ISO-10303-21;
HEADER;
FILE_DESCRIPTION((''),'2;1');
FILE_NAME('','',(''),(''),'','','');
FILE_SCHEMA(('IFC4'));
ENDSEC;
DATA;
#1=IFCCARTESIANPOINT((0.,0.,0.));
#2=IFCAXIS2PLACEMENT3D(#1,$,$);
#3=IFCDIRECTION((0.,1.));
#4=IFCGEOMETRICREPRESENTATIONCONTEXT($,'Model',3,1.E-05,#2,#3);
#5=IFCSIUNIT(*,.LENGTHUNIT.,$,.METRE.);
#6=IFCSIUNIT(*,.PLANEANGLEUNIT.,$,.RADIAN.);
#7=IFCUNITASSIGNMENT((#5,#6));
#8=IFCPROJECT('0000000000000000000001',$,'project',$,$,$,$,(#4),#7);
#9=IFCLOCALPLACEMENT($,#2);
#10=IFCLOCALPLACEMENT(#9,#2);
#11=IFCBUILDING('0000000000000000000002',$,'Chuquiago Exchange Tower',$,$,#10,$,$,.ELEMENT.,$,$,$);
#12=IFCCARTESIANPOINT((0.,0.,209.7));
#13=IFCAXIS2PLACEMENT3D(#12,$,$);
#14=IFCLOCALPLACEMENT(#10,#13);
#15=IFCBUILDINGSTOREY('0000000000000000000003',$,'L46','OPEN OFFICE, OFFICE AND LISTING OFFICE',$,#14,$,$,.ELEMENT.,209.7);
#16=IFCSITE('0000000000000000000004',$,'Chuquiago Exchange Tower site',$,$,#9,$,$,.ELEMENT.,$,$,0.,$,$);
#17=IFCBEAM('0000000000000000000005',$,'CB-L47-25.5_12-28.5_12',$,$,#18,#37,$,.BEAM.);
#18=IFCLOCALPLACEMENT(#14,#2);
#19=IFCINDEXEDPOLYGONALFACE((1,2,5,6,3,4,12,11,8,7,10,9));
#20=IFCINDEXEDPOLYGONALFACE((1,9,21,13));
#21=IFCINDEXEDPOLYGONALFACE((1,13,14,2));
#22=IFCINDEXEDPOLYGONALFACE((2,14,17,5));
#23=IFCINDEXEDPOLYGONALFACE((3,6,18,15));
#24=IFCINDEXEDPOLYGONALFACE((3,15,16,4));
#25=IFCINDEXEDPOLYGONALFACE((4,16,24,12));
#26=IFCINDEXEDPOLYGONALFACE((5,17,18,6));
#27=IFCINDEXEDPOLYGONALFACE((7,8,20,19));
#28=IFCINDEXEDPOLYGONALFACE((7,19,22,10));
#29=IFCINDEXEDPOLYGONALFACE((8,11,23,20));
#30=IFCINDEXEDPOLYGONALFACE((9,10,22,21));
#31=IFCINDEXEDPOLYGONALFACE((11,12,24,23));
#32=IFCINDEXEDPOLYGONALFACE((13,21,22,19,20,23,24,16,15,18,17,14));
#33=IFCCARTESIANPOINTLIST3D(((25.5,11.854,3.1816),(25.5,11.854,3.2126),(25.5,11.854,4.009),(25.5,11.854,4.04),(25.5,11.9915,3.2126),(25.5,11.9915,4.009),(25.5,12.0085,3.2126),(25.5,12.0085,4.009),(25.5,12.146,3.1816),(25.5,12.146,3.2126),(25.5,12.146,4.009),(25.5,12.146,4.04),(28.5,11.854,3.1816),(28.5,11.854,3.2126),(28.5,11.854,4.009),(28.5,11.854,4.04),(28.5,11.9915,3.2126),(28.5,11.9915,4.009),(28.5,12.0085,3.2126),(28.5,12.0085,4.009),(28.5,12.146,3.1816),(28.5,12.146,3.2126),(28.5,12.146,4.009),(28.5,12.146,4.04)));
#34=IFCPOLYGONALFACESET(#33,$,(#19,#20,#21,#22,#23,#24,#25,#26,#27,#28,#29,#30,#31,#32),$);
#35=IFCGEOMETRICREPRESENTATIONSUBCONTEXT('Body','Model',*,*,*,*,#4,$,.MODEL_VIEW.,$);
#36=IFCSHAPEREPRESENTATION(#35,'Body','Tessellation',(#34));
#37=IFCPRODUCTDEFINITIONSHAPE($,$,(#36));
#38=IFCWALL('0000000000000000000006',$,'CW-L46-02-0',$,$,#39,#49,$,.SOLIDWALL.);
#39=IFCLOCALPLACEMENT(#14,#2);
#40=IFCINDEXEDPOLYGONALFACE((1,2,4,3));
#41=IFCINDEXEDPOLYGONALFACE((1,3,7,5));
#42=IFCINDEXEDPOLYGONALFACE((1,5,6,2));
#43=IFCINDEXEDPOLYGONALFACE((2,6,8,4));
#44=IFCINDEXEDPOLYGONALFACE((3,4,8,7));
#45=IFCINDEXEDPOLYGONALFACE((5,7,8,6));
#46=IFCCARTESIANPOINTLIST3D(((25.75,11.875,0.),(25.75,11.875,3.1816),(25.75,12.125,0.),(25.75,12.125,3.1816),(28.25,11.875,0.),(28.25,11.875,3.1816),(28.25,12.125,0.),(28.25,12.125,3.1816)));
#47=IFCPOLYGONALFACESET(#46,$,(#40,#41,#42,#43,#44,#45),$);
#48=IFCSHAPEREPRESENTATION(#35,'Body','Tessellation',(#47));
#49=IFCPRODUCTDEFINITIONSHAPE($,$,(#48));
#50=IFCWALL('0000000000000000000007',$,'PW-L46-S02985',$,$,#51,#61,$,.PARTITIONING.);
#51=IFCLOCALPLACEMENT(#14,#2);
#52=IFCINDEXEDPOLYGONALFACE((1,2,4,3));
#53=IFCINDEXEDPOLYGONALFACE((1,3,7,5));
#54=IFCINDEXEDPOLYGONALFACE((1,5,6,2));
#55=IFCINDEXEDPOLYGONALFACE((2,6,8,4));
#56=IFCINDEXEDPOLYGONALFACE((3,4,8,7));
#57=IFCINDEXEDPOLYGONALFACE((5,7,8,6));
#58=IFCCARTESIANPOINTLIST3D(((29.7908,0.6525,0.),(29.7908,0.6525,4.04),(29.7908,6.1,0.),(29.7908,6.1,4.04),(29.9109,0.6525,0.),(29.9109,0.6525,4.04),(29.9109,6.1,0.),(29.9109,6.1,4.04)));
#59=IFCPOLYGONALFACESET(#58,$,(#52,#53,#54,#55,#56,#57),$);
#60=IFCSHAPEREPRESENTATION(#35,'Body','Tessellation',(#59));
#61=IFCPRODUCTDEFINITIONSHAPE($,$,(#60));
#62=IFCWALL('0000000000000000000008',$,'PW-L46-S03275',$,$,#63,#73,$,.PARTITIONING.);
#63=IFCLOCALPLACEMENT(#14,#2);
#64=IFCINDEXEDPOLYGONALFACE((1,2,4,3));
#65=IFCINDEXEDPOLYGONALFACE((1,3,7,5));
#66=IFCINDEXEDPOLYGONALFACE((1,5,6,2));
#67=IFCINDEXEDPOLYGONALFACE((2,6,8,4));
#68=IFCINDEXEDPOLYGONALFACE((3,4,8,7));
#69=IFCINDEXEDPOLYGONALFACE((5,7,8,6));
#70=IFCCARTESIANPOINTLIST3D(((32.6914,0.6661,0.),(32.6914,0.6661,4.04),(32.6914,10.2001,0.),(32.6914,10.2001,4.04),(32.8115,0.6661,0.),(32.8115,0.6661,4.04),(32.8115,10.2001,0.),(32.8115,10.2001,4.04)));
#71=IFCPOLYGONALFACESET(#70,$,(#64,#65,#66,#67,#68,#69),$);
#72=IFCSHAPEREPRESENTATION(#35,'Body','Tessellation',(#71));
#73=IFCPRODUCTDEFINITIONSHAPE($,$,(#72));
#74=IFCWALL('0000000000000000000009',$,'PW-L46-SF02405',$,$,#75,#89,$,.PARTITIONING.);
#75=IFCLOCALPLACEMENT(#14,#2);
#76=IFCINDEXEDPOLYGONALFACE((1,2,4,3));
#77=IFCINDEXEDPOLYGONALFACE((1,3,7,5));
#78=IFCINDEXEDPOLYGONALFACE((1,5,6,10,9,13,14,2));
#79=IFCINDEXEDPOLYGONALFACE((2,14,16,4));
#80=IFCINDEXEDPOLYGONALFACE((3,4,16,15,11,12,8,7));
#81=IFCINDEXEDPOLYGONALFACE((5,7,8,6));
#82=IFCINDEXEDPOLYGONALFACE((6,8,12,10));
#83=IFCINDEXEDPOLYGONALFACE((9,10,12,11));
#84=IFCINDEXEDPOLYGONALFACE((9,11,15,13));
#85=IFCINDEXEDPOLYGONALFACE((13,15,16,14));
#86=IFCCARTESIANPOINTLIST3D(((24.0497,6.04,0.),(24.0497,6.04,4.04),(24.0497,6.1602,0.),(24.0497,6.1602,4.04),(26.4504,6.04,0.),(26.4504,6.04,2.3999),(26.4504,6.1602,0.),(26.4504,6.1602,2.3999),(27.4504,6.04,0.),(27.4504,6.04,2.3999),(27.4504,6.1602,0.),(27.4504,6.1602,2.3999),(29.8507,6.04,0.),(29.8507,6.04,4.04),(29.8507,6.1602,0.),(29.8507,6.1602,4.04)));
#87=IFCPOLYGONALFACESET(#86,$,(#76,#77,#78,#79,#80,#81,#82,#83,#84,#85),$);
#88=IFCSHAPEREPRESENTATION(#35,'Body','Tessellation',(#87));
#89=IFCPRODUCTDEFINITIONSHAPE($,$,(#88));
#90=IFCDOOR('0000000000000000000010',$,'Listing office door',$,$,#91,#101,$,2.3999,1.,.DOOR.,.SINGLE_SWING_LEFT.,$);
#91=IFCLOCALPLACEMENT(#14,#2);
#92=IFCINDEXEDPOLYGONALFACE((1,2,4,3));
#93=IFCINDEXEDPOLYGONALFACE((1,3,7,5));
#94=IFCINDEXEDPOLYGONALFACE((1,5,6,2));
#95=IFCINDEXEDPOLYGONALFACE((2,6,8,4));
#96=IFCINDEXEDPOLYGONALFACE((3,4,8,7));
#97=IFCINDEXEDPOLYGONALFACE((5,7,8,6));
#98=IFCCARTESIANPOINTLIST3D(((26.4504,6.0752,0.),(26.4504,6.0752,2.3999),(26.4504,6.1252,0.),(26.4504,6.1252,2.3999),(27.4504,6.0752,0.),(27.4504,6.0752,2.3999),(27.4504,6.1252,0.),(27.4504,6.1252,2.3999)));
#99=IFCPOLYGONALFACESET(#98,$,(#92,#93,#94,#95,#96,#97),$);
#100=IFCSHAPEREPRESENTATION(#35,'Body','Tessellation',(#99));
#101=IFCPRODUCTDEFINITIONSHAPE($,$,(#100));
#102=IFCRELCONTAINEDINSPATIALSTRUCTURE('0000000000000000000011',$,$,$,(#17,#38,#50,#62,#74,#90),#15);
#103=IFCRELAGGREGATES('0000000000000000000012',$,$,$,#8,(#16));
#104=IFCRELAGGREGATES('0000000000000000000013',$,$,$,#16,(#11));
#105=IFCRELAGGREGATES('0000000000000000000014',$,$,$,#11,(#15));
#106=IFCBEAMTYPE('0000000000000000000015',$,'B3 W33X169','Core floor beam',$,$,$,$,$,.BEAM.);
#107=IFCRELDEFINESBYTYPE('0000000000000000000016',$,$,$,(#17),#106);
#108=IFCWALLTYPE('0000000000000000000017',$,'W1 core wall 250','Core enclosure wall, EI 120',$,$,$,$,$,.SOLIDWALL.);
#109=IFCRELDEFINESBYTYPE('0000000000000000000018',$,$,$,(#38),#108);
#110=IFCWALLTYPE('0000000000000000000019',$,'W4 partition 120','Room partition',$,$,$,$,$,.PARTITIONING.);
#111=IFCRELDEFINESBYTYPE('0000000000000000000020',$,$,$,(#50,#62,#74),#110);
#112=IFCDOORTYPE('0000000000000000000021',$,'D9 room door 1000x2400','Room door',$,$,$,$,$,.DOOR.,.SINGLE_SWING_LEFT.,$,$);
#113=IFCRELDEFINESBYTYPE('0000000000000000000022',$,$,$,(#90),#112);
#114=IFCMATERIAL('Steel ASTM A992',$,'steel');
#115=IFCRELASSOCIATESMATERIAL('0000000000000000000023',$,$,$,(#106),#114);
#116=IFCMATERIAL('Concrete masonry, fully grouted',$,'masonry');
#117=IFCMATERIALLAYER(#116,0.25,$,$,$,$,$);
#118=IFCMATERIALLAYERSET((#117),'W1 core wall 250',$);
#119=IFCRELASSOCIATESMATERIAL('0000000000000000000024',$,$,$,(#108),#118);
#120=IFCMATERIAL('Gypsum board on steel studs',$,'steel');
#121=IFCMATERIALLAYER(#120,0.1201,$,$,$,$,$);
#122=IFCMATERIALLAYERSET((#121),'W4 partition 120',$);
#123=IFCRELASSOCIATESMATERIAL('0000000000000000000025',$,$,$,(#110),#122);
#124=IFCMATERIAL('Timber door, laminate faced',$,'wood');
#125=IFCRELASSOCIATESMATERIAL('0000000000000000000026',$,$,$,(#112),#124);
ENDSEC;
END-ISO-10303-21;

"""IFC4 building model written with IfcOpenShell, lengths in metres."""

from ifc_helpers import new_model, si_unit, direction, frame, frame_2d, origin, origin_2d, place, context, subcontext, project, spatial, rectangle, i_section, extrude, material, layer, layer_set, material_profile, profile_set, type_object, element, fill, save


model = new_model("IFC4")

# Units and contexts
model_context = context("Model", 3, precision=1e-05, world=origin(), true_north=direction((0.0, 1.0)))
body_context = subcontext(model_context, "Body", "Model", "MODEL_VIEW")
ifc_project = project(units=[si_unit("LENGTHUNIT", "METRE"), si_unit("PLANEANGLEUNIT", "RADIAN")], contexts=[model_context])

# Site, building, storey
site_placement = place(None, origin())
site = spatial("IfcSite", under=ifc_project, at=site_placement, Name="Chuquiago Exchange Tower site", CompositionType="ELEMENT", RefElevation=0.0)
building_placement = place(site_placement, origin())
building = spatial("IfcBuilding", under=site, at=building_placement, Name="Chuquiago Exchange Tower", CompositionType="ELEMENT")
storey_placement = place(building_placement, frame((0.0, 0.0, 209.7)))
storey = spatial("IfcBuildingStorey", under=building, at=storey_placement, Name="L46", Description="OPEN OFFICE, OFFICE AND LISTING OFFICE", CompositionType="ELEMENT", Elevation=209.7)

# Beam
ifc_material_1 = material(Name="Steel ASTM A992", Category="steel")
ifc_material_profile_1 = material_profile(ifc_material_1, i_section(OverallWidth=0.292, OverallDepth=0.8584, WebThickness=0.0171, FlangeThickness=0.031, at=origin_2d()), Name="W33X169")
ifc_profile_set_1 = profile_set([ifc_material_profile_1], Name="Steel ASTM A992")
beam_type_1 = type_object("IfcBeamType", Name="B3 W33X169", Description="Core floor beam", PredefinedType="BEAM", material=ifc_profile_set_1)
beam_1_placement = place(storey_placement, frame((25.5, 12.0, 3.6108), z_axis=(1.0, 0.0, 0.0), x_axis=(0.0, 1.0, 0.0)))
element("IfcBeam", 1, at=beam_1_placement, inside=storey, type_object=beam_type_1, Name="CB-L47-25.5_12-28.5_12", PredefinedType="BEAM", context=body_context, shape_type="SweptSolid", body=[
    extrude(i_section(OverallWidth=0.292, OverallDepth=0.8584, WebThickness=0.0171, FlangeThickness=0.031, at=origin_2d()), origin(), (0.0, 0.0, 1.0), 3.0),
])

# Walls
ifc_material_2 = material(Name="Concrete masonry, fully grouted", Category="masonry")
ifc_layer_1 = layer(ifc_material_2, 0.25)
ifc_layer_set_1 = layer_set([ifc_layer_1], Name="W1 core wall 250")
wall_type_1 = type_object("IfcWallType", Name="W1 core wall 250", Description="Core enclosure wall, EI 120", PredefinedType="SOLIDWALL", material=ifc_layer_set_1)
wall_1_placement = place(storey_placement, frame((25.75, 12.0, 0.0), z_axis=(0.0, 0.0, 1.0), x_axis=(1.0, 0.0, 0.0)))
element("IfcWall", 2, at=wall_1_placement, inside=storey, type_object=wall_type_1, Name="CW-L46-02-0", PredefinedType="SOLIDWALL", context=body_context, shape_type="SweptSolid", body=[
    extrude(rectangle(XDim=2.5, YDim=0.25, at=frame_2d((1.25, 0.0))), origin(), (0.0, 0.0, 1.0), 3.1816),
])
ifc_material_3 = material(Name="Gypsum board on steel studs", Category="steel")
ifc_layer_2 = layer(ifc_material_3, 0.1201)
ifc_layer_set_2 = layer_set([ifc_layer_2], Name="W4 partition 120")
wall_type_2 = type_object("IfcWallType", Name="W4 partition 120", Description="Room partition", PredefinedType="PARTITIONING", material=ifc_layer_set_2)
wall_2_placement = place(storey_placement, frame((29.8508, 0.6526, 0.0), z_axis=(0.0, 0.0, 1.0), x_axis=(0.0, 1.0, 0.0)))
element("IfcWall", 3, at=wall_2_placement, inside=storey, type_object=wall_type_2, Name="PW-L46-S02985", PredefinedType="PARTITIONING", context=body_context, shape_type="SweptSolid", body=[
    extrude(rectangle(XDim=5.4475, YDim=0.1201, at=frame_2d((2.7236, 0.0))), origin(), (0.0, 0.0, 1.0), 4.04),
])
wall_3_placement = place(storey_placement, frame((32.7515, 0.666, 0.0), z_axis=(0.0, 0.0, 1.0), x_axis=(0.0, 1.0, 0.0)))
element("IfcWall", 4, at=wall_3_placement, inside=storey, type_object=wall_type_2, Name="PW-L46-S03275", PredefinedType="PARTITIONING", context=body_context, shape_type="SweptSolid", body=[
    extrude(rectangle(XDim=9.5339, YDim=0.1201, at=frame_2d((4.7671, 0.0))), origin(), (0.0, 0.0, 1.0), 4.04),
])

# Wall, opening, door
wall_4_placement = place(storey_placement, frame((24.0498, 6.1001, 0.0), z_axis=(0.0, 0.0, 1.0), x_axis=(1.0, 0.0, 0.0)))
wall_4 = element("IfcWall", 5, at=wall_4_placement, inside=storey, type_object=wall_type_2, Name="PW-L46-SF02405", PredefinedType="PARTITIONING", context=body_context, shape_type="SweptSolid", body=[
    extrude(rectangle(XDim=5.801, YDim=0.1201, at=frame_2d((2.9004, 0.0))), origin(), (0.0, 0.0, 1.0), 4.04),
])
opening_1_placement = place(wall_4_placement, frame((2.4006, 0.0, 0.0)))
opening_1 = element("IfcOpeningElement", 6, at=opening_1_placement, cuts=wall_4, PredefinedType="OPENING", context=body_context, shape_type="SweptSolid", body=[
    extrude(rectangle(XDim=1.0, YDim=2.3999, at=frame_2d((0.5, 1.2))), frame((0.0, 0.0701, 0.0), z_axis=(0.0, -1.0, 0.0), x_axis=(1.0, 0.0, 0.0)), (0.0, 0.0, 1.0), 0.1401),
])
ifc_material_4 = material(Name="Timber door, laminate faced", Category="wood")
door_type_1 = type_object("IfcDoorType", Name="D9 room door 1000x2400", Description="Room door", OperationType="SINGLE_SWING_LEFT", PredefinedType="DOOR", material=ifc_material_4)
door_1_placement = place(opening_1_placement, frame((1.0, 0.0, 0.0), z_axis=(0.0, 0.0, 1.0), x_axis=(-1.0, 0.0, 0.0)))
door_1 = element("IfcDoor", 7, at=door_1_placement, inside=storey, type_object=door_type_1, Name="Listing office door", OperationType="SINGLE_SWING_LEFT", OverallHeight=2.3999, OverallWidth=1.0, PredefinedType="DOOR", context=body_context, shape_type="SweptSolid", body=[
    extrude(rectangle(XDim=1.0, YDim=2.3999, at=frame_2d((0.5, 1.2))), frame((0.0, 0.0249, 0.0), z_axis=(0.0, -1.0, 0.0), x_axis=(1.0, 0.0, 0.0)), (0.0, 0.0, 1.0), 0.05),
])
fill(opening_1, door_1)

save(model, "model.ifc")
